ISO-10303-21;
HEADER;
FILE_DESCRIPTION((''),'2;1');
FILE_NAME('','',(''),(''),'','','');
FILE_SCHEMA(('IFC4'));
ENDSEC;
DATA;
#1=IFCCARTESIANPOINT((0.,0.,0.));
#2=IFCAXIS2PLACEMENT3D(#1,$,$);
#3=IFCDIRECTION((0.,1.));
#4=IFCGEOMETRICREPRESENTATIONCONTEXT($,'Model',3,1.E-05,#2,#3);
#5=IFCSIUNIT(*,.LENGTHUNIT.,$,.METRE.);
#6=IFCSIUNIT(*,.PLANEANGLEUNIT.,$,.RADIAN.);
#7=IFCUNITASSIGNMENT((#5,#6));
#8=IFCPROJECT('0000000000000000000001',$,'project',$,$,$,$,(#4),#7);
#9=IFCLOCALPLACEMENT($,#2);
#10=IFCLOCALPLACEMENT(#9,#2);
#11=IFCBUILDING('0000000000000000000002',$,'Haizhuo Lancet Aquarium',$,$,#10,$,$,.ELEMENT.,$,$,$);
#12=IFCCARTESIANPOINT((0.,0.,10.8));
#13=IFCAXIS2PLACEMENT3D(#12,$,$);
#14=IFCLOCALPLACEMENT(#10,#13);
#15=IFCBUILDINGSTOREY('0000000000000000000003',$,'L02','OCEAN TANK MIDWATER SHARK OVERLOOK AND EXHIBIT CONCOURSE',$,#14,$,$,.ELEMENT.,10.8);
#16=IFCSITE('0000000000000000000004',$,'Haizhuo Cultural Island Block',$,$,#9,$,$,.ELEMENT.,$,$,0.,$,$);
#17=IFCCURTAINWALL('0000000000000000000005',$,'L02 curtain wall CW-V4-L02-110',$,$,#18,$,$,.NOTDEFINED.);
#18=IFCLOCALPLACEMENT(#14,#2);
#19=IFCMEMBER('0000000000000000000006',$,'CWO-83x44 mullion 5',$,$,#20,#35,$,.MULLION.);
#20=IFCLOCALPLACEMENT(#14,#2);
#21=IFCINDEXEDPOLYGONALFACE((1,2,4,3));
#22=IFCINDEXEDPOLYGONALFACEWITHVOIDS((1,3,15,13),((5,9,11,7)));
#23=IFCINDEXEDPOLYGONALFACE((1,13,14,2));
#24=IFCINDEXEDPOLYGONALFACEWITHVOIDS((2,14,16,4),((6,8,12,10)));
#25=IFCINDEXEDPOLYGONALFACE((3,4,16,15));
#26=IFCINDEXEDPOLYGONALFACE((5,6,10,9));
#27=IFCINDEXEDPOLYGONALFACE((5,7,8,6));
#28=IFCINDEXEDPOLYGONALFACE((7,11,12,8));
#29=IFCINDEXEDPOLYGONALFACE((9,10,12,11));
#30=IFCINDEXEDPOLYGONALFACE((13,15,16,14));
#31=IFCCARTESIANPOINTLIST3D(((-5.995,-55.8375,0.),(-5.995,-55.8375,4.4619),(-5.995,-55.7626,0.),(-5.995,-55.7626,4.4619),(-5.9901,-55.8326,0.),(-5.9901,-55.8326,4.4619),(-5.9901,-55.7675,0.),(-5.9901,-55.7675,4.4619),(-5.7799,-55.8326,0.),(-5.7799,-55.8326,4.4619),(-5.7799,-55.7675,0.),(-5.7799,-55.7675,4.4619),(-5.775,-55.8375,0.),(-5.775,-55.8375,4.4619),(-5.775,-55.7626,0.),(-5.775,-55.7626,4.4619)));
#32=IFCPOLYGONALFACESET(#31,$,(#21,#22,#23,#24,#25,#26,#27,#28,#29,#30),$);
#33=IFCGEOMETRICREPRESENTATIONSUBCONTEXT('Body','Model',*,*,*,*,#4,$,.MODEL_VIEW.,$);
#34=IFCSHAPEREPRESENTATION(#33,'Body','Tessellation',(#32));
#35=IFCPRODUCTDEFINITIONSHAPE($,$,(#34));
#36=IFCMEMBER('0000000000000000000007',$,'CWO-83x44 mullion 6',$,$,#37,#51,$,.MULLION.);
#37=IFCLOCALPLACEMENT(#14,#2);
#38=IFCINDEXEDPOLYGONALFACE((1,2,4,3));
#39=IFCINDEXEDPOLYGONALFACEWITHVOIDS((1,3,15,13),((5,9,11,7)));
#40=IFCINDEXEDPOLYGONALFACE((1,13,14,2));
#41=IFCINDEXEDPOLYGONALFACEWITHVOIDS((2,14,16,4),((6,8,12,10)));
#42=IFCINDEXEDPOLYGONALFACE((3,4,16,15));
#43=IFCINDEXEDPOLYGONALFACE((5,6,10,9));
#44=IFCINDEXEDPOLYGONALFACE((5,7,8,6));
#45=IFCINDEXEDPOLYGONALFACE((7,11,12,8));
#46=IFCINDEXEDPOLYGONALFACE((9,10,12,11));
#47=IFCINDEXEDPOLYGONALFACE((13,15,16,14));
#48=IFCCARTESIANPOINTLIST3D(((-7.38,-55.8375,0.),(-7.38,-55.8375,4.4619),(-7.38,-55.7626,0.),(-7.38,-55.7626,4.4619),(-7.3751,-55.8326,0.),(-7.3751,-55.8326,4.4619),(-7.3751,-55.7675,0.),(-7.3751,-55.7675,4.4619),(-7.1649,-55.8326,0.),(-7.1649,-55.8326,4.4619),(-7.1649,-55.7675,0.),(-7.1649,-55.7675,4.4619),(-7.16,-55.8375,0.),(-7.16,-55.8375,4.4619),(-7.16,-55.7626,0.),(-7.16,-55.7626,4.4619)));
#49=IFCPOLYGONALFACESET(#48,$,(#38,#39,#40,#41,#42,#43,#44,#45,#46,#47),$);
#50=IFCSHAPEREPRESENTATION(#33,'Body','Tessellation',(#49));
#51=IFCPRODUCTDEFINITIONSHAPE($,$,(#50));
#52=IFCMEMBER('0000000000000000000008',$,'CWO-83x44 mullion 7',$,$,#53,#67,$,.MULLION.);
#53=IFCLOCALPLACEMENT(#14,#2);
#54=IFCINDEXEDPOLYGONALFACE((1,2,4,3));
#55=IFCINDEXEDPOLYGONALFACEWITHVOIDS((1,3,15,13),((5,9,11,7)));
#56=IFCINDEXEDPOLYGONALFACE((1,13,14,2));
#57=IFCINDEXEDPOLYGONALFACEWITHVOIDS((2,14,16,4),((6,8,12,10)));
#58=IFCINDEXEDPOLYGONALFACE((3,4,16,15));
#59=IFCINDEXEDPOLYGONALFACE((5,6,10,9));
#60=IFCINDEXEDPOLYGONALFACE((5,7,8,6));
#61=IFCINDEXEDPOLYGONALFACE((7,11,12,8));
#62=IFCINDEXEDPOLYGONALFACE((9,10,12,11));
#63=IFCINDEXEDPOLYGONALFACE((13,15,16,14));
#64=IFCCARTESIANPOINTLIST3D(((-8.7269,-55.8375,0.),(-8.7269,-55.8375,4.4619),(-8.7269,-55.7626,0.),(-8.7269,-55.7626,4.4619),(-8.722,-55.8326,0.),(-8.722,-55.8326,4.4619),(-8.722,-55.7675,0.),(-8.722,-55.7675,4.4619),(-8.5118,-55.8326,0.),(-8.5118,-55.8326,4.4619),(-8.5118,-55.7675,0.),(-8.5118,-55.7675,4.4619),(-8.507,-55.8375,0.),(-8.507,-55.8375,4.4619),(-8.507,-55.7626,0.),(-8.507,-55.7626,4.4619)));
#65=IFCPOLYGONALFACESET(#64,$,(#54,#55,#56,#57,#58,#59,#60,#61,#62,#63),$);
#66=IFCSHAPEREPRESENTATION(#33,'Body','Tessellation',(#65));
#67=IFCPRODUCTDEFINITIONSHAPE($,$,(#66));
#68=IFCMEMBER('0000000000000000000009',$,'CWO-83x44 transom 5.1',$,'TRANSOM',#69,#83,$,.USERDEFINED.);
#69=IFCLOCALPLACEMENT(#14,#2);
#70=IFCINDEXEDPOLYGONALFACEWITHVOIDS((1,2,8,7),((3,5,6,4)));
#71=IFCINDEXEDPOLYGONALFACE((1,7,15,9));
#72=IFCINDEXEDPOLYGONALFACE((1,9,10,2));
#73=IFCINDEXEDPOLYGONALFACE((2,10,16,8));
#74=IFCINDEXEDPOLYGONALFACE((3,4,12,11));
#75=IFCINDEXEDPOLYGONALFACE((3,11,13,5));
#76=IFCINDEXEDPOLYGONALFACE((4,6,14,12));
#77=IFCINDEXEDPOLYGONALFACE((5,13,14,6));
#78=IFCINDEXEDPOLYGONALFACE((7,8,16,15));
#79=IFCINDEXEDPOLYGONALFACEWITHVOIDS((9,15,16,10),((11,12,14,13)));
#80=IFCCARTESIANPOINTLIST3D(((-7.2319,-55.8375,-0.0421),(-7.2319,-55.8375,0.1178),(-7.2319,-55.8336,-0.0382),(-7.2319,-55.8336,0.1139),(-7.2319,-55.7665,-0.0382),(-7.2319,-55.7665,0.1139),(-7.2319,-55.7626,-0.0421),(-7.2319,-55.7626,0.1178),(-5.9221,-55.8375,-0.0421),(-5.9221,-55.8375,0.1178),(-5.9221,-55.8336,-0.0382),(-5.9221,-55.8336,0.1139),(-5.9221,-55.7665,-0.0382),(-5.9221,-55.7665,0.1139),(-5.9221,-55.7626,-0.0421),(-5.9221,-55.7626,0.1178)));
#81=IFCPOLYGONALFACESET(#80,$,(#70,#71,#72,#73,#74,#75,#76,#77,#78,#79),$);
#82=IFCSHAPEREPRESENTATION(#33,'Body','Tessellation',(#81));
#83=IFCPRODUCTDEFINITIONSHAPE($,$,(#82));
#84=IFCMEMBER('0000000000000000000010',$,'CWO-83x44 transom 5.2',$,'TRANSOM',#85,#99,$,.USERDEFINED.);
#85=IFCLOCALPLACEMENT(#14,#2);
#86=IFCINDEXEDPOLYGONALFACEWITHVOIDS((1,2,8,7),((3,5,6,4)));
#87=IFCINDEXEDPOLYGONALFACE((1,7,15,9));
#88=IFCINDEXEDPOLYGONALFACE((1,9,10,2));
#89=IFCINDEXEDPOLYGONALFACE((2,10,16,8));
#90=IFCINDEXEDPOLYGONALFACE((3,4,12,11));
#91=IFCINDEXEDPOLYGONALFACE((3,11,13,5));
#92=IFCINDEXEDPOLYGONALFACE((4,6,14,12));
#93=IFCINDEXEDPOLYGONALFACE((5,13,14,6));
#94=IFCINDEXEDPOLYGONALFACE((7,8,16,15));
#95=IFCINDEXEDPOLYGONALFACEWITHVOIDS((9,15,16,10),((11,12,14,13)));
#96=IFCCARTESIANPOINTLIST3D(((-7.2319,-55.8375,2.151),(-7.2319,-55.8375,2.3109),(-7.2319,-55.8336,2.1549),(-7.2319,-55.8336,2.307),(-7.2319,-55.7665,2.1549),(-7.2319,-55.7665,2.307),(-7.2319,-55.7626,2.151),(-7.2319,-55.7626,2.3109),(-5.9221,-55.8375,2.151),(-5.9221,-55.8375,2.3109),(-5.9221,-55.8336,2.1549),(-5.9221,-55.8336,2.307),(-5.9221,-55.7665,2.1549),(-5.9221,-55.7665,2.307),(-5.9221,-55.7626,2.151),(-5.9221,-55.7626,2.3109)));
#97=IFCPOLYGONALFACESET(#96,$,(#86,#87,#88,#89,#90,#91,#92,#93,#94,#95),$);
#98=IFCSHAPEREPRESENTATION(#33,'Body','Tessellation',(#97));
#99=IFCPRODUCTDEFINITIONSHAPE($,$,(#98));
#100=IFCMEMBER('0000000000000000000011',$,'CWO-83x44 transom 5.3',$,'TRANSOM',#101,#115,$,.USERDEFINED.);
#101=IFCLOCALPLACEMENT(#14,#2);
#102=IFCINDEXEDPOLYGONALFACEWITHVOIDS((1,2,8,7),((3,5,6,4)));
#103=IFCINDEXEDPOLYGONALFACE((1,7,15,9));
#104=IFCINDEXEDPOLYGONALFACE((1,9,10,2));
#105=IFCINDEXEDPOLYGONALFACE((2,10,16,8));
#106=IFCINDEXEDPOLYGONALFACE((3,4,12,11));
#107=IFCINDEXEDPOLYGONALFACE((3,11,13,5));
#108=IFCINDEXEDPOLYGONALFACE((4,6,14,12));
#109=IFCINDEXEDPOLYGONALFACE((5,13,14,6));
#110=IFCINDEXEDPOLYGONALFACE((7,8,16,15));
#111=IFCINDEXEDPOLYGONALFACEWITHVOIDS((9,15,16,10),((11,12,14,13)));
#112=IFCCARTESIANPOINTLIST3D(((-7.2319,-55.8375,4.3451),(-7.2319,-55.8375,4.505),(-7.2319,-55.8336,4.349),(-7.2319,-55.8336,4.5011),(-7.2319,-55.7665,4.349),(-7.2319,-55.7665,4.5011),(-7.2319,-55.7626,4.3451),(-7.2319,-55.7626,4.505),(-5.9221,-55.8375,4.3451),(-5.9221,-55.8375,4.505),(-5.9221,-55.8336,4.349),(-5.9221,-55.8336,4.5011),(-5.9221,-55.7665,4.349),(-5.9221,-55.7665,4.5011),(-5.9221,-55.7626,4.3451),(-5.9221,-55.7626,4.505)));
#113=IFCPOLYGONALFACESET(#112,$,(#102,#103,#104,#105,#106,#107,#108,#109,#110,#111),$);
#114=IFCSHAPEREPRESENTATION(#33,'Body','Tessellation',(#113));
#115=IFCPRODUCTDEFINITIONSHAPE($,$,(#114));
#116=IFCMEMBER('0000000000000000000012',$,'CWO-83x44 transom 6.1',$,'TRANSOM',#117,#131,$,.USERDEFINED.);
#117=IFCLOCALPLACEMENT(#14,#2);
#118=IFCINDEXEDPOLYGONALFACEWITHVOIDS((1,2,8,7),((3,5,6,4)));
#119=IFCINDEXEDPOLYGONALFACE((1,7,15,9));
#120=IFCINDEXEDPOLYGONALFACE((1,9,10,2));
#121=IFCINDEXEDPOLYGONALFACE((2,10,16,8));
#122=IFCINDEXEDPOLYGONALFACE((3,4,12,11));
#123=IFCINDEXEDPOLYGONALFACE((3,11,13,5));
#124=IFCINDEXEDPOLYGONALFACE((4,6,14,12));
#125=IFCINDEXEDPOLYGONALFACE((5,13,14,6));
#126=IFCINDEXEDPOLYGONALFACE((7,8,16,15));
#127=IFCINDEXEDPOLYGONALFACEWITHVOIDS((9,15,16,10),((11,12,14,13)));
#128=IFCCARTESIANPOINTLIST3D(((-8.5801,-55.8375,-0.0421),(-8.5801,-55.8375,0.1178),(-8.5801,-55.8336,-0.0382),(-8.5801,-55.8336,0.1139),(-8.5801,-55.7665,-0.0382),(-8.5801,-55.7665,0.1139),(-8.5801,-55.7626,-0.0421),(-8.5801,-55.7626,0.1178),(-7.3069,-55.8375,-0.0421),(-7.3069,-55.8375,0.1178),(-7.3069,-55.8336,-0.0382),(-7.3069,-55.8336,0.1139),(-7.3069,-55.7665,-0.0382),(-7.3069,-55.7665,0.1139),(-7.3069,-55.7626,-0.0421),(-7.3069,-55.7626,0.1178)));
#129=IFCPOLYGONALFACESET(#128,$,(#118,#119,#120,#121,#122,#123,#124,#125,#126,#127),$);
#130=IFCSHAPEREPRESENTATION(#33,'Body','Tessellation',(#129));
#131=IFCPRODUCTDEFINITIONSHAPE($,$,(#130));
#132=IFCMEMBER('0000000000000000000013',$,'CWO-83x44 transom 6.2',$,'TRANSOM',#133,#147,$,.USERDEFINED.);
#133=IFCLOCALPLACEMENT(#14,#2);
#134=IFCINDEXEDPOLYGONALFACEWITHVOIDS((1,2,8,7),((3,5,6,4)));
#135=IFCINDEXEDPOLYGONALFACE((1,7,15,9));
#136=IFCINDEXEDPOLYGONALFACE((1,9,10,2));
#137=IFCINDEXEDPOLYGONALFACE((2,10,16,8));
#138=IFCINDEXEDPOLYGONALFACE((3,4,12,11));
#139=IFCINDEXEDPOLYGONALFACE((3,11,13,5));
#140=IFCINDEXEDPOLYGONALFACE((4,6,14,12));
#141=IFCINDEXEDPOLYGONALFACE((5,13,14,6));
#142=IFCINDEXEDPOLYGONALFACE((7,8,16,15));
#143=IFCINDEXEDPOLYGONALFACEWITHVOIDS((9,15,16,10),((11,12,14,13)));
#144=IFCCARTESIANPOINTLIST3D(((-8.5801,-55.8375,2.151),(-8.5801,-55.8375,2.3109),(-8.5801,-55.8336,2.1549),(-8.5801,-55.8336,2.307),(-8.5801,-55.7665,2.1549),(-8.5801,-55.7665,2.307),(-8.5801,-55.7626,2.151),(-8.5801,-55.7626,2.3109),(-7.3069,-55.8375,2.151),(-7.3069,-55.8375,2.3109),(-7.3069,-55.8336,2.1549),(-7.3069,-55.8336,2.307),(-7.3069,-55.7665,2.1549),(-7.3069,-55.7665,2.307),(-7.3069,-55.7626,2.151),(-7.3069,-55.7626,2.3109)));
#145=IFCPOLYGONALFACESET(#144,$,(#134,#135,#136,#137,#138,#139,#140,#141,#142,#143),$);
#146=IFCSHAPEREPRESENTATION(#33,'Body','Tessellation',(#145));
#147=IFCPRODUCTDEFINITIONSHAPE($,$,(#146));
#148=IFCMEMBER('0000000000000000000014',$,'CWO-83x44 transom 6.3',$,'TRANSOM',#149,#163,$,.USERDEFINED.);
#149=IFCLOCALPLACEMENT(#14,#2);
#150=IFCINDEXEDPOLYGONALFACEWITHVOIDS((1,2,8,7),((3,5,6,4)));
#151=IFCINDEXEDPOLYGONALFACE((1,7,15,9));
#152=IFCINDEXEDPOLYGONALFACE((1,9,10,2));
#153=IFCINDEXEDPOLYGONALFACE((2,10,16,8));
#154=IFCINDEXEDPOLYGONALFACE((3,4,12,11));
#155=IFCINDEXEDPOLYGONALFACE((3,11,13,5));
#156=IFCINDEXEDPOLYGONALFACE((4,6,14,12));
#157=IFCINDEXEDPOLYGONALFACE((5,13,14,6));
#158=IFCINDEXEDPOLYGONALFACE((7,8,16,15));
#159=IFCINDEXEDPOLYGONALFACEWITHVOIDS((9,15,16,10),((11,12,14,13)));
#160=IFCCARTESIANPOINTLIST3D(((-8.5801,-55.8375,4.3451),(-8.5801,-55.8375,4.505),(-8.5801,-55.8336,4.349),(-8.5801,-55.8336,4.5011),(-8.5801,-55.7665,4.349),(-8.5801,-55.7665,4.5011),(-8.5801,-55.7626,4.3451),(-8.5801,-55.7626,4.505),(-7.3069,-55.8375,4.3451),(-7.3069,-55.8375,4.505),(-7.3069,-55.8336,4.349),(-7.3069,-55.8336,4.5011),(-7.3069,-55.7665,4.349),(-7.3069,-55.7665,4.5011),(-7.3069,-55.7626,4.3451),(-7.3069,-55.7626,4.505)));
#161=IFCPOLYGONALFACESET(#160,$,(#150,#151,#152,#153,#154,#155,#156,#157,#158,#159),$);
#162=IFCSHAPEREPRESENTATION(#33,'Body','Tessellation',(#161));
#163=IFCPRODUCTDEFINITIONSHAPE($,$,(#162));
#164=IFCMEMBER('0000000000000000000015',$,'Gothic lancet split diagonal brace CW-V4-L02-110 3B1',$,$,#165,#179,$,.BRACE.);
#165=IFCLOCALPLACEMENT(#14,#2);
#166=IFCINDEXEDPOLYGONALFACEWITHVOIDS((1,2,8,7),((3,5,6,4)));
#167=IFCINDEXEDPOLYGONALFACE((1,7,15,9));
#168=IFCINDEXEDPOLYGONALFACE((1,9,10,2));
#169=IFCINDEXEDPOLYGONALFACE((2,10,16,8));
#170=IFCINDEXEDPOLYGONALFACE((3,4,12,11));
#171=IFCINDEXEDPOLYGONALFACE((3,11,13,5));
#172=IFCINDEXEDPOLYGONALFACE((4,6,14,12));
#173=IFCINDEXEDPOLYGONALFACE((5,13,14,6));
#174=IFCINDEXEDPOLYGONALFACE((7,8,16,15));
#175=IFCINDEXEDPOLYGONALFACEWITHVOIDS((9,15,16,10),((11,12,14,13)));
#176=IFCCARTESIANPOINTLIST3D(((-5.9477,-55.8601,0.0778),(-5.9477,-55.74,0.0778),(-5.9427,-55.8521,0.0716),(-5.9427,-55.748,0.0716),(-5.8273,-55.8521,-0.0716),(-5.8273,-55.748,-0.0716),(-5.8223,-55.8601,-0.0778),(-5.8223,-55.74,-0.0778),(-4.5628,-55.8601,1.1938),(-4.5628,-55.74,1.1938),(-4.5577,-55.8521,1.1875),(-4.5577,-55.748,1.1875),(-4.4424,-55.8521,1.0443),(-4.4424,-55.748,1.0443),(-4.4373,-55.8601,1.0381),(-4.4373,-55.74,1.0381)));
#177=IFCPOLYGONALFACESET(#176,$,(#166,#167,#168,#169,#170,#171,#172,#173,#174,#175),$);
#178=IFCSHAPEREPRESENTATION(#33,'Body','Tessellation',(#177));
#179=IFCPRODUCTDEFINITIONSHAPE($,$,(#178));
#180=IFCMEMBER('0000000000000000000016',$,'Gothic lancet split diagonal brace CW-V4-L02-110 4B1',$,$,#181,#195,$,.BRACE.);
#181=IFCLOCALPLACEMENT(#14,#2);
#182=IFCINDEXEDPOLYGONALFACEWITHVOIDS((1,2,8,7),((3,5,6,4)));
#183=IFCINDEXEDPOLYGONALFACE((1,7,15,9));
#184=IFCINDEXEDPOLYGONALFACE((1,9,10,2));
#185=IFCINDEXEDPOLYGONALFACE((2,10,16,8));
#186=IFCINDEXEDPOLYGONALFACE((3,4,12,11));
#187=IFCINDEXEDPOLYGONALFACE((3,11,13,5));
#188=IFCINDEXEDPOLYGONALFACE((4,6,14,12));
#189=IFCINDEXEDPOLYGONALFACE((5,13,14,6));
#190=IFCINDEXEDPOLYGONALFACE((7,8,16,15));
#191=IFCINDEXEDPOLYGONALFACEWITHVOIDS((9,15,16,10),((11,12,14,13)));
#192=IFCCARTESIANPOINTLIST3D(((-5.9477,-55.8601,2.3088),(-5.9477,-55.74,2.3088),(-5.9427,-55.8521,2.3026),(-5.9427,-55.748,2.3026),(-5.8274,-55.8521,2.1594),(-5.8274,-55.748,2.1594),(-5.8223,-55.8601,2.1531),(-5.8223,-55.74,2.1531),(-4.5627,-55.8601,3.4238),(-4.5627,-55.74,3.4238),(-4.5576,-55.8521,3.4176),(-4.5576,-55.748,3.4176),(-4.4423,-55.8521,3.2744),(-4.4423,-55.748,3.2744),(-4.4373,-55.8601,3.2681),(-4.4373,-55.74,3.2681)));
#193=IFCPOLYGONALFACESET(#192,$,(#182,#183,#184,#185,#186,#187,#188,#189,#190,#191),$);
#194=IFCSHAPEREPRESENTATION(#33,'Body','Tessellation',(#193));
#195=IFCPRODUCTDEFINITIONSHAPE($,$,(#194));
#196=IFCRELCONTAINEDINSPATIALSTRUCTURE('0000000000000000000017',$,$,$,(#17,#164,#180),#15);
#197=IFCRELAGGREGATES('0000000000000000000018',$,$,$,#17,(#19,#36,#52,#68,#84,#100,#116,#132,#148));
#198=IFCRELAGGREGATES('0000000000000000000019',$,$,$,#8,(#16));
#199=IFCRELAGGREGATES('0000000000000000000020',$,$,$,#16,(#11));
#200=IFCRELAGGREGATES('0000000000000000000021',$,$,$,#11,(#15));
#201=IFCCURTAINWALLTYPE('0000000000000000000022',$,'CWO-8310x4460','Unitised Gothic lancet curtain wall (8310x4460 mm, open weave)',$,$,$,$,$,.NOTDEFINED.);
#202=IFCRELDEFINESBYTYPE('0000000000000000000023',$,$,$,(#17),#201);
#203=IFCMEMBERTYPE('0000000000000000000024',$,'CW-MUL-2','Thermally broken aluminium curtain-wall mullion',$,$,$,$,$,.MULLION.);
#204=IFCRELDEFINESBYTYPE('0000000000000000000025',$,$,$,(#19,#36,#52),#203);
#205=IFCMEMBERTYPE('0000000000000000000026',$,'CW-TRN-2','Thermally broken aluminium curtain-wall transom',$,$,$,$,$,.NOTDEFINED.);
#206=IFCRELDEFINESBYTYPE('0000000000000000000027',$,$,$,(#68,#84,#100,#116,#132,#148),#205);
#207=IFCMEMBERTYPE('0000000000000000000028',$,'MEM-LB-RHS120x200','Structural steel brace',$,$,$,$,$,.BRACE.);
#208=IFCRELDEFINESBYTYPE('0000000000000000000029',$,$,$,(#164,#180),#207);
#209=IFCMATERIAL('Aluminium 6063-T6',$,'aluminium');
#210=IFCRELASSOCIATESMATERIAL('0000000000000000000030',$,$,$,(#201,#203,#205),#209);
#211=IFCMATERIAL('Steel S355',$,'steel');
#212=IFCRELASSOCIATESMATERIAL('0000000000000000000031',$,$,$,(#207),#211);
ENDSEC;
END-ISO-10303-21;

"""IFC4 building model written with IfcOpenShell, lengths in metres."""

from ifc_helpers import new_model, si_unit, direction, frame, origin, origin_2d, place, context, subcontext, project, spatial, hollow_rectangle, extrude, material, material_profile, profile_set, type_object, element, aggregate, save


model = new_model("IFC4")

# Units and contexts
model_context = context("Model", 3, precision=1e-05, world=origin(), true_north=direction((0.0, 1.0)))
body_context = subcontext(model_context, "Body", "Model", "MODEL_VIEW")
ifc_project = project(units=[si_unit("LENGTHUNIT", "METRE"), si_unit("PLANEANGLEUNIT", "RADIAN")], contexts=[model_context])

# Site, building, storey
site_placement = place(None, origin())
site = spatial("IfcSite", under=ifc_project, at=site_placement, Name="Haizhuo Cultural Island Block", CompositionType="ELEMENT", RefElevation=0.0)
building_placement = place(site_placement, origin())
building = spatial("IfcBuilding", under=site, at=building_placement, Name="Haizhuo Lancet Aquarium", CompositionType="ELEMENT")
storey_placement = place(building_placement, frame((0.0, 0.0, 10.8)))
storey = spatial("IfcBuildingStorey", under=building, at=storey_placement, Name="L02", Description="OCEAN TANK MIDWATER SHARK OVERLOOK AND EXHIBIT CONCOURSE", CompositionType="ELEMENT", Elevation=10.8)

# Curtain wall, members
ifc_material_1 = material(Name="Aluminium 6063-T6", Category="aluminium")
curtain_wall_type = type_object("IfcCurtainWallType", Name="CWO-8310x4460", Description="Unitised Gothic lancet curtain wall (8310x4460 mm, open weave)", PredefinedType="NOTDEFINED", material=ifc_material_1)
curtain_wall_placement = place(storey_placement, origin())
curtain_wall = element("IfcCurtainWall", 1, at=curtain_wall_placement, inside=storey, type_object=curtain_wall_type, Name="L02 curtain wall CW-V4-L02-110", PredefinedType="NOTDEFINED")
ifc_material_profile_1 = material_profile(ifc_material_1, hollow_rectangle(XDim=0.075, YDim=0.22, WallThickness=0.0049, at=origin_2d()), Name="ALU-M 75x220x5")
ifc_profile_set_1 = profile_set([ifc_material_profile_1], Name="Aluminium 6063-T6")
member_type_1 = type_object("IfcMemberType", Name="CW-MUL-2", Description="Thermally broken aluminium curtain-wall mullion", PredefinedType="MULLION", material=ifc_profile_set_1)
member_1_placement = place(storey_placement, frame((-5.885, -55.8, 0.0), z_axis=(0.0, 0.0, 1.0), x_axis=(0.0, -1.0, 0.0)))
member_1 = element("IfcMember", 2, at=member_1_placement, type_object=member_type_1, Name="CWO-83x44 mullion 5", PredefinedType="MULLION", context=body_context, shape_type="SweptSolid", body=[
    extrude(hollow_rectangle(XDim=0.075, YDim=0.22, WallThickness=0.0049, at=origin_2d()), origin(), (0.0, 0.0, 1.0), 4.4619),
])
member_2_placement = place(storey_placement, frame((-7.27, -55.8, 0.0), z_axis=(0.0, 0.0, 1.0), x_axis=(0.0, -1.0, 0.0)))
member_2 = element("IfcMember", 3, at=member_2_placement, type_object=member_type_1, Name="CWO-83x44 mullion 6", PredefinedType="MULLION", context=body_context, shape_type="SweptSolid", body=[
    extrude(hollow_rectangle(XDim=0.075, YDim=0.22, WallThickness=0.0049, at=origin_2d()), origin(), (0.0, 0.0, 1.0), 4.4619),
])
member_3_placement = place(storey_placement, frame((-8.6169, -55.8, 0.0), z_axis=(0.0, 0.0, 1.0), x_axis=(0.0, -1.0, 0.0)))
member_3 = element("IfcMember", 4, at=member_3_placement, type_object=member_type_1, Name="CWO-83x44 mullion 7", PredefinedType="MULLION", context=body_context, shape_type="SweptSolid", body=[
    extrude(hollow_rectangle(XDim=0.075, YDim=0.22, WallThickness=0.0049, at=origin_2d()), origin(), (0.0, 0.0, 1.0), 4.4619),
])
ifc_material_profile_2 = material_profile(ifc_material_1, hollow_rectangle(XDim=0.075, YDim=0.1599, WallThickness=0.0039, at=origin_2d()), Name="ALU-T 75x160x4")
ifc_profile_set_2 = profile_set([ifc_material_profile_2], Name="Aluminium 6063-T6")
member_type_2 = type_object("IfcMemberType", Name="CW-TRN-2", Description="Thermally broken aluminium curtain-wall transom", PredefinedType="NOTDEFINED", material=ifc_profile_set_2)
member_4_placement = place(storey_placement, frame((-5.9221, -55.8, 0.0378), z_axis=(-1.0, 0.0, 0.0), x_axis=(0.0, -1.0, 0.0)))
member_4 = element("IfcMember", 5, at=member_4_placement, type_object=member_type_2, Name="CWO-83x44 transom 5.1", ObjectType="TRANSOM", PredefinedType="USERDEFINED", context=body_context, shape_type="SweptSolid", body=[
    extrude(hollow_rectangle(XDim=0.075, YDim=0.1599, WallThickness=0.0039, at=origin_2d()), origin(), (0.0, 0.0, 1.0), 1.3098),
])
member_5_placement = place(storey_placement, frame((-5.9221, -55.8, 2.231), z_axis=(-1.0, 0.0, 0.0), x_axis=(0.0, -1.0, 0.0)))
member_5 = element("IfcMember", 6, at=member_5_placement, type_object=member_type_2, Name="CWO-83x44 transom 5.2", ObjectType="TRANSOM", PredefinedType="USERDEFINED", context=body_context, shape_type="SweptSolid", body=[
    extrude(hollow_rectangle(XDim=0.075, YDim=0.1599, WallThickness=0.0039, at=origin_2d()), origin(), (0.0, 0.0, 1.0), 1.3098),
])
member_6_placement = place(storey_placement, frame((-5.9221, -55.8, 4.425), z_axis=(-1.0, 0.0, 0.0), x_axis=(0.0, -1.0, 0.0)))
member_6 = element("IfcMember", 7, at=member_6_placement, type_object=member_type_2, Name="CWO-83x44 transom 5.3", ObjectType="TRANSOM", PredefinedType="USERDEFINED", context=body_context, shape_type="SweptSolid", body=[
    extrude(hollow_rectangle(XDim=0.075, YDim=0.1599, WallThickness=0.0039, at=origin_2d()), origin(), (0.0, 0.0, 1.0), 1.3098),
])
member_7_placement = place(storey_placement, frame((-7.3069, -55.8, 0.0378), z_axis=(-1.0, 0.0, 0.0), x_axis=(0.0, -1.0, 0.0)))
member_7 = element("IfcMember", 8, at=member_7_placement, type_object=member_type_2, Name="CWO-83x44 transom 6.1", ObjectType="TRANSOM", PredefinedType="USERDEFINED", context=body_context, shape_type="SweptSolid", body=[
    extrude(hollow_rectangle(XDim=0.075, YDim=0.1599, WallThickness=0.0039, at=origin_2d()), origin(), (0.0, 0.0, 1.0), 1.2732),
])
member_8_placement = place(storey_placement, frame((-7.3069, -55.8, 2.231), z_axis=(-1.0, 0.0, 0.0), x_axis=(0.0, -1.0, 0.0)))
member_8 = element("IfcMember", 9, at=member_8_placement, type_object=member_type_2, Name="CWO-83x44 transom 6.2", ObjectType="TRANSOM", PredefinedType="USERDEFINED", context=body_context, shape_type="SweptSolid", body=[
    extrude(hollow_rectangle(XDim=0.075, YDim=0.1599, WallThickness=0.0039, at=origin_2d()), origin(), (0.0, 0.0, 1.0), 1.2732),
])
member_9_placement = place(storey_placement, frame((-7.3069, -55.8, 4.425), z_axis=(-1.0, 0.0, 0.0), x_axis=(0.0, -1.0, 0.0)))
member_9 = element("IfcMember", 10, at=member_9_placement, type_object=member_type_2, Name="CWO-83x44 transom 6.3", ObjectType="TRANSOM", PredefinedType="USERDEFINED", context=body_context, shape_type="SweptSolid", body=[
    extrude(hollow_rectangle(XDim=0.075, YDim=0.1599, WallThickness=0.0039, at=origin_2d()), origin(), (0.0, 0.0, 1.0), 1.2732),
])

# Members
ifc_material_2 = material(Name="Steel S355", Category="steel")
ifc_material_profile_3 = material_profile(ifc_material_2, hollow_rectangle(XDim=0.1201, YDim=0.2, WallThickness=0.0081, at=origin_2d()), Name="RHS 120x200x8")
ifc_profile_set_3 = profile_set([ifc_material_profile_3], Name="Steel S355")
member_type_3 = type_object("IfcMemberType", Name="MEM-LB-RHS120x200", Description="Structural steel brace", PredefinedType="BRACE", material=ifc_profile_set_3)
member_10_placement = place(storey_placement, frame((-5.885, -55.8, 0.0), z_axis=(0.778681, 0.0, 0.62742), x_axis=(0.0, 1.0, 0.0)))
element("IfcMember", 11, at=member_10_placement, inside=storey, type_object=member_type_3, Name="Gothic lancet split diagonal brace CW-V4-L02-110 3B1", PredefinedType="BRACE", context=body_context, shape_type="SweptSolid", body=[
    extrude(hollow_rectangle(XDim=0.1201, YDim=0.2, WallThickness=0.0081, at=origin_2d()), origin(), (0.0, 0.0, 1.0), 1.7786),
])
member_11_placement = place(storey_placement, frame((-5.885, -55.8, 2.231), z_axis=(0.77895, 0.0, 0.627087), x_axis=(0.0, 1.0, 0.0)))
element("IfcMember", 12, at=member_11_placement, inside=storey, type_object=member_type_3, Name="Gothic lancet split diagonal brace CW-V4-L02-110 4B1", PredefinedType="BRACE", context=body_context, shape_type="SweptSolid", body=[
    extrude(hollow_rectangle(XDim=0.1201, YDim=0.2, WallThickness=0.0081, at=origin_2d()), origin(), (0.0, 0.0, 1.0), 1.7781),
])

aggregate(curtain_wall, [member_1, member_2, member_3, member_4, member_5, member_6, member_7, member_8, member_9])

save(model, "model.ifc")
